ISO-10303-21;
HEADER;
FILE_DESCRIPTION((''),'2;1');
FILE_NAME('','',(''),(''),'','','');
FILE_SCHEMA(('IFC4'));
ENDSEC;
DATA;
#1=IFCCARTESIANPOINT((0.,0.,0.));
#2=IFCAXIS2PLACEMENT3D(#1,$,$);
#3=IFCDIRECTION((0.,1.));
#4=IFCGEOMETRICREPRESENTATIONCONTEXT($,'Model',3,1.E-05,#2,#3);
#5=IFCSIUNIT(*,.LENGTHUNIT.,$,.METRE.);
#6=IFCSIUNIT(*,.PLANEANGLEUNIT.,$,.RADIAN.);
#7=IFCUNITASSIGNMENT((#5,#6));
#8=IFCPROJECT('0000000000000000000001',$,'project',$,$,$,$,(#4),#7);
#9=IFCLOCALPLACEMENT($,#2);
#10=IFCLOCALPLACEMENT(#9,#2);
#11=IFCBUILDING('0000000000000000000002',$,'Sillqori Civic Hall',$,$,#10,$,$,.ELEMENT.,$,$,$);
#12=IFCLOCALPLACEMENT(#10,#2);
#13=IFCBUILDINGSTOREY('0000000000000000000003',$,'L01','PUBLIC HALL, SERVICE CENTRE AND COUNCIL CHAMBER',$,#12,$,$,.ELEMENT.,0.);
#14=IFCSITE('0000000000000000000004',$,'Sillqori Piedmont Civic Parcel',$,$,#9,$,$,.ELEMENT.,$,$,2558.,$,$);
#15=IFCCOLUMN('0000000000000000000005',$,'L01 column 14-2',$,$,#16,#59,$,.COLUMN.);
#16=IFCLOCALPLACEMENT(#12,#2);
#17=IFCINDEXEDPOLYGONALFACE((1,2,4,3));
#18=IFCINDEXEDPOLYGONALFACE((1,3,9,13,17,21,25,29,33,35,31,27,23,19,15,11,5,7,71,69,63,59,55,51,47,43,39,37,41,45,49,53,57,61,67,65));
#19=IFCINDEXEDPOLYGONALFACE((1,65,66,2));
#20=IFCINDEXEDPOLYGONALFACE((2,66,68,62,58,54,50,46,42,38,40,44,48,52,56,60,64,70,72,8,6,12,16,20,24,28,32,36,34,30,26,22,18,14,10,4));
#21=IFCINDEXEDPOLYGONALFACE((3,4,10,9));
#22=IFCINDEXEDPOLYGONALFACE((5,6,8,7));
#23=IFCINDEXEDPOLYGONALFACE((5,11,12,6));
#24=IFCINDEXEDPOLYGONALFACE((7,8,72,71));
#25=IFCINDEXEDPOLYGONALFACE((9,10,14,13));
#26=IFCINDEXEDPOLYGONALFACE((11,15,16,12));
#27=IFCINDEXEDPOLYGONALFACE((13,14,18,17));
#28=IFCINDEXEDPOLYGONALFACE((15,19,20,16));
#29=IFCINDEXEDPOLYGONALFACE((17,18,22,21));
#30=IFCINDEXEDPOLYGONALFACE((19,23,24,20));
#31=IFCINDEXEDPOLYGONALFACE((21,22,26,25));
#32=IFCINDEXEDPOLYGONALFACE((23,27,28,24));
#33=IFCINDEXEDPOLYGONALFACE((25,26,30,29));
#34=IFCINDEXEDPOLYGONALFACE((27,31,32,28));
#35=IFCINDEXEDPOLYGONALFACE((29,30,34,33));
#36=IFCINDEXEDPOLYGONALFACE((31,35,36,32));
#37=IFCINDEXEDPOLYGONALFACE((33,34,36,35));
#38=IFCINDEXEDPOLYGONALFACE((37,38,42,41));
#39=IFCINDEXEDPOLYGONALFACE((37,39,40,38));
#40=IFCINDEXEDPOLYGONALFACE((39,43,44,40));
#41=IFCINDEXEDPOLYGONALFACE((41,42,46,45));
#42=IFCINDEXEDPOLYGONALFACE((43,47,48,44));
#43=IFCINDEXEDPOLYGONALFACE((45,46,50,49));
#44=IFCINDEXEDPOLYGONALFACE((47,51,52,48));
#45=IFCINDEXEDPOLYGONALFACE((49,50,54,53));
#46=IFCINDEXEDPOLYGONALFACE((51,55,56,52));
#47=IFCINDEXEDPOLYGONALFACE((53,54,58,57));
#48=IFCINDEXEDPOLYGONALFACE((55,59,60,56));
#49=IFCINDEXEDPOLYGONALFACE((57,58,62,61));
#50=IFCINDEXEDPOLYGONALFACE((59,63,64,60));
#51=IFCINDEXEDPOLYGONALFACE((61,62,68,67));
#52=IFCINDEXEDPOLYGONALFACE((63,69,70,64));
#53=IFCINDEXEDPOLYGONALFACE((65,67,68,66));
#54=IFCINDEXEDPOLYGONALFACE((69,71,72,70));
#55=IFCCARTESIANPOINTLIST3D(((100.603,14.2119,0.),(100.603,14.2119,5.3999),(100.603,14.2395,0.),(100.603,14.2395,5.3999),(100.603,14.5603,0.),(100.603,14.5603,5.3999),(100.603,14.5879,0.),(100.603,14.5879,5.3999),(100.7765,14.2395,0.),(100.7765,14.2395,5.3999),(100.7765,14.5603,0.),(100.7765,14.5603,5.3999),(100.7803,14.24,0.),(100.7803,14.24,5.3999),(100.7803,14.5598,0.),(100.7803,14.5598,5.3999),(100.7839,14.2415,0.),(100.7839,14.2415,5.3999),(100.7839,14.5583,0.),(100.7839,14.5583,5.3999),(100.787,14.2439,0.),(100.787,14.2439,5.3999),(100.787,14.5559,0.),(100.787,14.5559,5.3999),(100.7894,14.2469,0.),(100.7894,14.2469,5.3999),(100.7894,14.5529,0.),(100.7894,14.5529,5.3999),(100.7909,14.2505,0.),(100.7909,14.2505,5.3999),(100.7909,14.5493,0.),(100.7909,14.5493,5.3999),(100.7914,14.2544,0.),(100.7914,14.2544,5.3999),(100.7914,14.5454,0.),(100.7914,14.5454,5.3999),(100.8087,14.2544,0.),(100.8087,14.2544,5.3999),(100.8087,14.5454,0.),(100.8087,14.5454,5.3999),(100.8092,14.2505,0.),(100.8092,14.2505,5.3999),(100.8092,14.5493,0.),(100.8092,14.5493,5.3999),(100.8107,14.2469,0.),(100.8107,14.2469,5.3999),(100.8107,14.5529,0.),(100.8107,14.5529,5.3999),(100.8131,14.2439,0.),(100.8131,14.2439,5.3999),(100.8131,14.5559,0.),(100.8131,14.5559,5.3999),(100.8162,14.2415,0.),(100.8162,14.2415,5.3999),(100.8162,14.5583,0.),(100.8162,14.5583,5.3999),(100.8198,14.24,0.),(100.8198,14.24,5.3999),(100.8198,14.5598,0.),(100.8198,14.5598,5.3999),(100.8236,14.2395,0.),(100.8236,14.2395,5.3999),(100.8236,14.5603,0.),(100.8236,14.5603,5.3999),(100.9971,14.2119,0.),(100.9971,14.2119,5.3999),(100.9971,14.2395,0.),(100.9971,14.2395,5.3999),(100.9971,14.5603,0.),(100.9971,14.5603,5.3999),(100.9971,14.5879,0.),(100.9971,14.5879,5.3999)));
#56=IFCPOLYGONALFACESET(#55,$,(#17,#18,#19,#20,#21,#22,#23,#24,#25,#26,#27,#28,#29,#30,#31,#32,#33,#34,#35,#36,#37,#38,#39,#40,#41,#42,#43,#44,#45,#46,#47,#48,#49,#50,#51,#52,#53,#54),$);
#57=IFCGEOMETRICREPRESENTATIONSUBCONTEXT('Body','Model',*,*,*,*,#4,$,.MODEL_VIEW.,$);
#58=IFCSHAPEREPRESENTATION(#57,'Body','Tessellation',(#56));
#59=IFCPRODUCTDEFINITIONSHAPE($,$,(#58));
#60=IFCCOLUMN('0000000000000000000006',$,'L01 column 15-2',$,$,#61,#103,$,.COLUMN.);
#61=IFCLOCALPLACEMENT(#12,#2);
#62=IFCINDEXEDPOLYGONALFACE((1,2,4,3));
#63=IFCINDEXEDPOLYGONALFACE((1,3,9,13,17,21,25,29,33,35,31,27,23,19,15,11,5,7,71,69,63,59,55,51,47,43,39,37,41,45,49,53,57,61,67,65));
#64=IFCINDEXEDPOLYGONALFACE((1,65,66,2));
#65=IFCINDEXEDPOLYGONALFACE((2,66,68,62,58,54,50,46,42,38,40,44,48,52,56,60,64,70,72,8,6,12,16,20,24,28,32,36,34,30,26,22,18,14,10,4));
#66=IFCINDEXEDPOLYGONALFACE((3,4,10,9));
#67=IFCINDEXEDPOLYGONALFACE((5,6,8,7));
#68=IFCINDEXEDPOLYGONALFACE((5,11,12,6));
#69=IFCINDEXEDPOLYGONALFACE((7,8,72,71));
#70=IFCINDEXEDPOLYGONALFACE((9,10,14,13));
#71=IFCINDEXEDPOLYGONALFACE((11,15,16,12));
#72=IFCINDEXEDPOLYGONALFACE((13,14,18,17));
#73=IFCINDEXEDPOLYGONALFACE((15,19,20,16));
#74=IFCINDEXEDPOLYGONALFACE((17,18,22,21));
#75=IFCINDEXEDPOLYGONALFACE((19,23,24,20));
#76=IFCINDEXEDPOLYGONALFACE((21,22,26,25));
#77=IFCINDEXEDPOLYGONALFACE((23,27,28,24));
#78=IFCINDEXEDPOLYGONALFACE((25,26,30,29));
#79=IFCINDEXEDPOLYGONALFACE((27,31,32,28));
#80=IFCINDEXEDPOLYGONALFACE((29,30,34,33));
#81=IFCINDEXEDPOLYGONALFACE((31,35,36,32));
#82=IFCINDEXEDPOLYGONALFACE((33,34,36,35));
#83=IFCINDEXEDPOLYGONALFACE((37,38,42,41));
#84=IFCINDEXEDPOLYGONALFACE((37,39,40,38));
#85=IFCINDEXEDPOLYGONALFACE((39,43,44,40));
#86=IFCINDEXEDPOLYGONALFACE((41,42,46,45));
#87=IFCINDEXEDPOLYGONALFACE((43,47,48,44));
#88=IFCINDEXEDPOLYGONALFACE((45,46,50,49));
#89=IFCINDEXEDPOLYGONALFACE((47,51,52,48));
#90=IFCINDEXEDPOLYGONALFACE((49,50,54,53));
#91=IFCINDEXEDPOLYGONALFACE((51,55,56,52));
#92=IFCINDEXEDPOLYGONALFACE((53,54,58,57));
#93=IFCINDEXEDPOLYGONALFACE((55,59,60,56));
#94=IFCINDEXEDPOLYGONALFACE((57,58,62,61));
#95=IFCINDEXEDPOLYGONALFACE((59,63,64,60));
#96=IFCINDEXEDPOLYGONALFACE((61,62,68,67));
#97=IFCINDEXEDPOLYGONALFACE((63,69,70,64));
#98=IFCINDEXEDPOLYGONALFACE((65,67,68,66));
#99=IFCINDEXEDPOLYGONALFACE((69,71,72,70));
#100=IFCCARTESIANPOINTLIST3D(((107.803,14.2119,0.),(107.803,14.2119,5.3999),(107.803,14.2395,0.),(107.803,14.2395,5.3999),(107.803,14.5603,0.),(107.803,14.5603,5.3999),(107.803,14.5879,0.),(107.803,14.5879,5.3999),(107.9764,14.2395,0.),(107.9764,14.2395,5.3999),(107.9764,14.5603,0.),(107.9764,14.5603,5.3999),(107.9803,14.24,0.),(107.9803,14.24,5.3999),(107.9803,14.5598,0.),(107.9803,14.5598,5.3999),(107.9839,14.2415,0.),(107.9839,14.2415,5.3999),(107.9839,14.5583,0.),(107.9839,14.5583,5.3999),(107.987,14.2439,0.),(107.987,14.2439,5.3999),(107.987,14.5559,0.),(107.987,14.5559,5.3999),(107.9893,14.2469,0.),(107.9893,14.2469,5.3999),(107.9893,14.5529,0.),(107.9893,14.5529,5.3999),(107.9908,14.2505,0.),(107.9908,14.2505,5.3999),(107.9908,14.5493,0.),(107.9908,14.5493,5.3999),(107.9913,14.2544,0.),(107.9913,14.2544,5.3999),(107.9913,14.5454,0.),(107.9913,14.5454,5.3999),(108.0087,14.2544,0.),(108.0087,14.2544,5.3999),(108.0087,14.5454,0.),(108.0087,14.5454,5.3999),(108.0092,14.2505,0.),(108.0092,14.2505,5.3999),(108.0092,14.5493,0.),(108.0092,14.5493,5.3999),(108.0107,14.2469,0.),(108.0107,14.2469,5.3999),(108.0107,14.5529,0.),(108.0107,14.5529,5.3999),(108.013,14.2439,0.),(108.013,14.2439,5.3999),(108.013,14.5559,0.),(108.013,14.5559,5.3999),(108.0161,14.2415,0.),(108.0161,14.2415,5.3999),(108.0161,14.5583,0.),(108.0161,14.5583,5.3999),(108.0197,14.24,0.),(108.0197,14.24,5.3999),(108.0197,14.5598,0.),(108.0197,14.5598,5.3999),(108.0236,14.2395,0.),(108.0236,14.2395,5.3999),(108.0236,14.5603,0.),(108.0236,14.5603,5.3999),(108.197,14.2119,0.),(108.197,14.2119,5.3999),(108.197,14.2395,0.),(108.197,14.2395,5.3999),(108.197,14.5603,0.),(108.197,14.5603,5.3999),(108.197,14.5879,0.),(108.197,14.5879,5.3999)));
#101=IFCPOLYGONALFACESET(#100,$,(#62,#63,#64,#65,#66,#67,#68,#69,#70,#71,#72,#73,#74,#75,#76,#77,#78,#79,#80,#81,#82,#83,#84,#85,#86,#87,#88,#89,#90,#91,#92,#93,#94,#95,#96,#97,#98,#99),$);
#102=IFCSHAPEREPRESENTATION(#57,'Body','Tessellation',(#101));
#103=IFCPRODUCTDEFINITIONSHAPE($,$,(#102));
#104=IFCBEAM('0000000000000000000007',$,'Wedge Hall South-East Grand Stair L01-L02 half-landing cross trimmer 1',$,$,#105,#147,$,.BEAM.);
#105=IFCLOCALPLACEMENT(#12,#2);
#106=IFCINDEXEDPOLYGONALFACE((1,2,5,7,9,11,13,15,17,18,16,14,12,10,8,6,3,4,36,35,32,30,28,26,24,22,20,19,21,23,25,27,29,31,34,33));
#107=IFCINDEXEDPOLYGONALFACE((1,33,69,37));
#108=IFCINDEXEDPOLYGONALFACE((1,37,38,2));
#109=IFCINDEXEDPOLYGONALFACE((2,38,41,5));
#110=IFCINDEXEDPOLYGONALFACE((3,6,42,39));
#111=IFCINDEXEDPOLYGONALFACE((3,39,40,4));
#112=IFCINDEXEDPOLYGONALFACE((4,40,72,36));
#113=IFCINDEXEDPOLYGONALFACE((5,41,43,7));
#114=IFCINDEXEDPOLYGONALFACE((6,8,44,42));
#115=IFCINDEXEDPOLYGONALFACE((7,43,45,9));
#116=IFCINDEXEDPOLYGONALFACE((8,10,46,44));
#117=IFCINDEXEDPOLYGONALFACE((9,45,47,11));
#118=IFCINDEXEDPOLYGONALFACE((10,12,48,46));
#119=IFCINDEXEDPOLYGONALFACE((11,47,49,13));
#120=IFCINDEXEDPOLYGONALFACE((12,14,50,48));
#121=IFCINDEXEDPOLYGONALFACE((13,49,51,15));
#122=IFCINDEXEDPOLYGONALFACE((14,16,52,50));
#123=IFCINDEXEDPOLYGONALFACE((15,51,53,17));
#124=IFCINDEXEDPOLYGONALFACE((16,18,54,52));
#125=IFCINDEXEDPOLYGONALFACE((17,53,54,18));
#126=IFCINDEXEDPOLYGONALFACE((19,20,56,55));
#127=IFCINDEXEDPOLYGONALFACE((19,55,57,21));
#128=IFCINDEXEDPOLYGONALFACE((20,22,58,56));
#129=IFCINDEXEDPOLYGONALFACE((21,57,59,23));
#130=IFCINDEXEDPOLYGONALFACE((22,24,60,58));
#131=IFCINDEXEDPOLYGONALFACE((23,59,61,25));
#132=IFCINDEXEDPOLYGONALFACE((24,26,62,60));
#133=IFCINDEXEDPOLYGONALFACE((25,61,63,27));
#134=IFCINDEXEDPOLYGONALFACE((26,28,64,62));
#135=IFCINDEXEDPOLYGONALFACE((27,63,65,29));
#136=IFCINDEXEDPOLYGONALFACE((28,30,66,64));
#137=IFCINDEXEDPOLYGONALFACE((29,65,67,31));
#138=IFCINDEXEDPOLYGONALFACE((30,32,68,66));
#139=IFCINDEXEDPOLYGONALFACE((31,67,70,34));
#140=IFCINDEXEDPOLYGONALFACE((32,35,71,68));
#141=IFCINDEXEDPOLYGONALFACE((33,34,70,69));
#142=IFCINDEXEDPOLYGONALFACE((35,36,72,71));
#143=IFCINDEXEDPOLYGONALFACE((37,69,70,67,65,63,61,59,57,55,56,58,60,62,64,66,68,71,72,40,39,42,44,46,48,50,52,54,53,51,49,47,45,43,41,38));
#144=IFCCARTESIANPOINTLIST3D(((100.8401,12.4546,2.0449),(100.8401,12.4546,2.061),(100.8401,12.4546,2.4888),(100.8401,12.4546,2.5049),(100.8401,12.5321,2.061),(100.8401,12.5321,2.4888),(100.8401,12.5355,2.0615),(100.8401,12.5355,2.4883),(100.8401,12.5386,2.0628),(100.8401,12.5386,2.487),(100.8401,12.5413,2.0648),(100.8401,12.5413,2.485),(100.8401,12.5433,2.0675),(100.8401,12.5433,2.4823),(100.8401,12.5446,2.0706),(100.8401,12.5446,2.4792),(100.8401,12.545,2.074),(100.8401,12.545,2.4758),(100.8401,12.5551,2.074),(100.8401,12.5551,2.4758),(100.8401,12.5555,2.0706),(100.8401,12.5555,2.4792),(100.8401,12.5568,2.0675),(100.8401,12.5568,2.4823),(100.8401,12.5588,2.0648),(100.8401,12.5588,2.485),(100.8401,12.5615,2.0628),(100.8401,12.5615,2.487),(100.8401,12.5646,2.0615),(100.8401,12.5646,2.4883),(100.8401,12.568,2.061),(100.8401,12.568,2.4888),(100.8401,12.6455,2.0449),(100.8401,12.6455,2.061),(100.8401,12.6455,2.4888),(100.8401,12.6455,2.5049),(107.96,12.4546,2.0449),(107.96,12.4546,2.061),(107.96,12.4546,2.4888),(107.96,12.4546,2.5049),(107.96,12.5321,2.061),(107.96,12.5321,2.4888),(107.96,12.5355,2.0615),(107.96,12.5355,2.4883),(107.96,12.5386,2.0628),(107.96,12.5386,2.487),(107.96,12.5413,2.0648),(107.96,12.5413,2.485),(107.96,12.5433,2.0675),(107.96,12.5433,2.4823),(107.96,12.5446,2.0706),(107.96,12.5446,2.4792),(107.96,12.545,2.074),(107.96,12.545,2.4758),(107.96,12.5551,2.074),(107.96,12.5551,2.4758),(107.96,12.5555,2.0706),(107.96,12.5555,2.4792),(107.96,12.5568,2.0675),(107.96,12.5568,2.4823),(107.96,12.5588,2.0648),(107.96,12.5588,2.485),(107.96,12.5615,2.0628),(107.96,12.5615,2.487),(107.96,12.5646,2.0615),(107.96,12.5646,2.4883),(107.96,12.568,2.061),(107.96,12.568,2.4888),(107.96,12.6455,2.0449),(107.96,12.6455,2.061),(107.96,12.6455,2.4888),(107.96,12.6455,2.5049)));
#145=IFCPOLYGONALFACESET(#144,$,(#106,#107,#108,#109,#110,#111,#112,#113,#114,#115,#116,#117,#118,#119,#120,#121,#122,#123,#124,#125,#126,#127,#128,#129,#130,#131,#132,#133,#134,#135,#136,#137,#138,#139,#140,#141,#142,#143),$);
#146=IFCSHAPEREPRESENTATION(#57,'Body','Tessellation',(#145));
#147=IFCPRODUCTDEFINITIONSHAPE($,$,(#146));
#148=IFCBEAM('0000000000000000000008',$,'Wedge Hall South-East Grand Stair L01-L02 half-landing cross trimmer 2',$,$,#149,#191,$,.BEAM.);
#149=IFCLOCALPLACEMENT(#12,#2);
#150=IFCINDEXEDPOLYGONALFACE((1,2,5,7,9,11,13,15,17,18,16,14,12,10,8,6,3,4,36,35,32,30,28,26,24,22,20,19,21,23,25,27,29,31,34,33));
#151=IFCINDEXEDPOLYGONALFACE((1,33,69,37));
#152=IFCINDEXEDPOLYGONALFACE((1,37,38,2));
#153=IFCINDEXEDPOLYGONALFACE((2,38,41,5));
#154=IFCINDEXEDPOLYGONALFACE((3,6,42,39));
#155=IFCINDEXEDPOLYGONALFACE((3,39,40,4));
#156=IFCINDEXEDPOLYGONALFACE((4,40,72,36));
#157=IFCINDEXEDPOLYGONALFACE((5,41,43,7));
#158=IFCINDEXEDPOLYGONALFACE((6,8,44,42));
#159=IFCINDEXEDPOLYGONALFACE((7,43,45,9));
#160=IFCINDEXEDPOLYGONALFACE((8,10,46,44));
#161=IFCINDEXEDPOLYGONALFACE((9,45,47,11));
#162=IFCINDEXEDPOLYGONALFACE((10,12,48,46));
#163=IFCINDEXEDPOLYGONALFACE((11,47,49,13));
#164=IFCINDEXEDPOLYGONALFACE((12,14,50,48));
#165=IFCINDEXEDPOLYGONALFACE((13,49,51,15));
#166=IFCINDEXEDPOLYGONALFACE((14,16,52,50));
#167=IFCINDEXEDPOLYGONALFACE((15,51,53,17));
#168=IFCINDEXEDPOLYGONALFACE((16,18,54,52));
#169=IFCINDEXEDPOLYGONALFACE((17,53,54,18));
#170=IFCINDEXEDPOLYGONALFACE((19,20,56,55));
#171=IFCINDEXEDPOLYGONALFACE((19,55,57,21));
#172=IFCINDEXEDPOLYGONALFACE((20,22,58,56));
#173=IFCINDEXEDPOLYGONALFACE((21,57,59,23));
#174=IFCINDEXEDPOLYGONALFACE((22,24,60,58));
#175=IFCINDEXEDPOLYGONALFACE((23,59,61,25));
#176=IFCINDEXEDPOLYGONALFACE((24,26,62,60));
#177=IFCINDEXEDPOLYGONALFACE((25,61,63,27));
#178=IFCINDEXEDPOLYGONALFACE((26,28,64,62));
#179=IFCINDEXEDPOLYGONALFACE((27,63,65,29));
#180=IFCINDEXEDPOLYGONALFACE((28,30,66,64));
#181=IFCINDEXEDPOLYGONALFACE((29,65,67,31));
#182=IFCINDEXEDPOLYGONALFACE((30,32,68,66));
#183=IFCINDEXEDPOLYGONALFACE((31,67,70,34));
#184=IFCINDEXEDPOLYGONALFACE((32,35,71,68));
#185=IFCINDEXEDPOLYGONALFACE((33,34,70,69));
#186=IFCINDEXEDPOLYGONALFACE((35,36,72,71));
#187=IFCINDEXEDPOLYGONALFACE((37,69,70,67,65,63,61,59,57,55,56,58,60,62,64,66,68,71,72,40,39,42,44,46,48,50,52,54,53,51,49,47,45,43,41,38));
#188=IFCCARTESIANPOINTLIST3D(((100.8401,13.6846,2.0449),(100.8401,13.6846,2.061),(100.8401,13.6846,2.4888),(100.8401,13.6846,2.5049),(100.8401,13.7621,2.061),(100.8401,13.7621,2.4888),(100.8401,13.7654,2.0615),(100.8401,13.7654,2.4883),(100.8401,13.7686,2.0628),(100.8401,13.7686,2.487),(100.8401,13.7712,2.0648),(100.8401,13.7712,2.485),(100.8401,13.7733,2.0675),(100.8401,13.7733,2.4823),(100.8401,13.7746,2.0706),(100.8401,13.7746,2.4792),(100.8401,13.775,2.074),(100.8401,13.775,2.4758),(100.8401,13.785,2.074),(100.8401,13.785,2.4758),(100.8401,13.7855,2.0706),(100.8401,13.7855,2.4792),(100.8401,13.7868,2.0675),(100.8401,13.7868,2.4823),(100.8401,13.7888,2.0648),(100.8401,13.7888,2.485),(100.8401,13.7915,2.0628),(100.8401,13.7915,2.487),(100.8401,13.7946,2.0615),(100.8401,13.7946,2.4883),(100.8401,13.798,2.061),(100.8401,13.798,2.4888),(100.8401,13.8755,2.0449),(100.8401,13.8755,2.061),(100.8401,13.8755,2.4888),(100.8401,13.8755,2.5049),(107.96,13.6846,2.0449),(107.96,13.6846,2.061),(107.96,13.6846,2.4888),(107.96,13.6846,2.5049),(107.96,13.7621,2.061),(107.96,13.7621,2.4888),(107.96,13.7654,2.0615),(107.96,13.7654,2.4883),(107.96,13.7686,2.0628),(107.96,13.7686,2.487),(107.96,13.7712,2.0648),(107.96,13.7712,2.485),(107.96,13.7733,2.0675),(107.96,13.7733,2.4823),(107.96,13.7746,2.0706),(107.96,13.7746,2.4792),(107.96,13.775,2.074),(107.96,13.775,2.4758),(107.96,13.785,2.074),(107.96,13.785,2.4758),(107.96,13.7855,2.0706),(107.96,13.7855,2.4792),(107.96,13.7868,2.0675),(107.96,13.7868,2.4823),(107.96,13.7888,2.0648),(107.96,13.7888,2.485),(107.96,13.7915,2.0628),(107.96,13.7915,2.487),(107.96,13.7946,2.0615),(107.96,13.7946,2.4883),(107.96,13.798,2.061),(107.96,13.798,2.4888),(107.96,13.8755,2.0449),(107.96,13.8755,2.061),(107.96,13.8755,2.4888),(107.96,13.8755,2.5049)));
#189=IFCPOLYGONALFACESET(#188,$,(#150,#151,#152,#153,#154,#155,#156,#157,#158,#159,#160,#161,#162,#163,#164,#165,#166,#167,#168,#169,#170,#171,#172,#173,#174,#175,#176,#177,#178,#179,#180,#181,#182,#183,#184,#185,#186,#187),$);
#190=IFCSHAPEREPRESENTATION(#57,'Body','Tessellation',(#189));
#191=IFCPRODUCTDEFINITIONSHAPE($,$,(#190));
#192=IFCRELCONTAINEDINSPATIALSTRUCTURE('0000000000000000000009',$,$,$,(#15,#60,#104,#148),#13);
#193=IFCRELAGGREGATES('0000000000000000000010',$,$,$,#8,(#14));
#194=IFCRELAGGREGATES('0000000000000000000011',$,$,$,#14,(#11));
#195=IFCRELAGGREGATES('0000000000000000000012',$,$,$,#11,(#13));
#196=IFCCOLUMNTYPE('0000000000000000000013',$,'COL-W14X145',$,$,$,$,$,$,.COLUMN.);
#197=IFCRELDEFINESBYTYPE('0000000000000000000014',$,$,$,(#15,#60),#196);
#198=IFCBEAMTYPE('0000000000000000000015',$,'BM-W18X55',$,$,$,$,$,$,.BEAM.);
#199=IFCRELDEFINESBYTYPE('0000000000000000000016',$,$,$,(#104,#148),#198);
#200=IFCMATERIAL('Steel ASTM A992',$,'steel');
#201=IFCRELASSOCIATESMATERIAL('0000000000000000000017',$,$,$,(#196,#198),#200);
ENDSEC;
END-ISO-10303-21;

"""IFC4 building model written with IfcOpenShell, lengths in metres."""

from ifc_helpers import new_model, si_unit, direction, frame, origin, origin_2d, place, context, subcontext, project, spatial, i_section, extrude, material, material_profile, profile_set, type_object, element, save


model = new_model("IFC4")

# Units and contexts
model_context = context("Model", 3, precision=1e-05, world=origin(), true_north=direction((0.0, 1.0)))
body_context = subcontext(model_context, "Body", "Model", "MODEL_VIEW")
ifc_project = project(units=[si_unit("LENGTHUNIT", "METRE"), si_unit("PLANEANGLEUNIT", "RADIAN")], contexts=[model_context])

# Site, building, storey
site_placement = place(None, origin())
site = spatial("IfcSite", under=ifc_project, at=site_placement, Name="Sillqori Piedmont Civic Parcel", CompositionType="ELEMENT", RefElevation=2558.0)
building_placement = place(site_placement, origin())
building = spatial("IfcBuilding", under=site, at=building_placement, Name="Sillqori Civic Hall", CompositionType="ELEMENT")
storey_placement = place(building_placement, origin())
storey = spatial("IfcBuildingStorey", under=building, at=storey_placement, Name="L01", Description="PUBLIC HALL, SERVICE CENTRE AND COUNCIL CHAMBER", CompositionType="ELEMENT", Elevation=0.0)

# Columns
ifc_material_1 = material(Name="Steel ASTM A992", Category="steel")
ifc_material_profile_1 = material_profile(ifc_material_1, i_section(OverallWidth=0.394, OverallDepth=0.376, WebThickness=0.0173, FlangeThickness=0.0276, FilletRadius=0.0149, at=origin_2d()), Name="W14X145")
ifc_profile_set_1 = profile_set([ifc_material_profile_1], Name="Steel ASTM A992")
column_type = type_object("IfcColumnType", Name="COL-W14X145", PredefinedType="COLUMN", material=ifc_profile_set_1)
for number, where, z_axis, x_axis, name in (
    (1, (100.8, 14.3999, 0.0), (0.0, 0.0, 1.0), (1.0, 0.0, 0.0), "L01 column 14-2"),
    (2, (108.0, 14.3999, 0.0), (0.0, 0.0, 1.0), (1.0, 0.0, 0.0), "L01 column 15-2"),
):
    element("IfcColumn", number, at=place(storey_placement, frame(where, z_axis=z_axis, x_axis=x_axis)), inside=storey, type_object=column_type, Name=name, PredefinedType="COLUMN", context=body_context, shape_type="SweptSolid", body=[
        extrude(i_section(OverallWidth=0.394, OverallDepth=0.376, WebThickness=0.0173, FlangeThickness=0.0276, FilletRadius=0.0149, at=origin_2d()), origin(), (0.0, 0.0, 1.0), 5.3999),
    ])

# Beams
ifc_material_profile_2 = material_profile(ifc_material_1, i_section(OverallWidth=0.1909, OverallDepth=0.46, WebThickness=0.01, FlangeThickness=0.0161, FilletRadius=0.0129, at=origin_2d()), Name="W18X55")
ifc_profile_set_2 = profile_set([ifc_material_profile_2], Name="Steel ASTM A992")
beam_type_1 = type_object("IfcBeamType", Name="BM-W18X55", PredefinedType="BEAM", material=ifc_profile_set_2)
for number, where, z_axis, x_axis, name in (
    (3, (100.8401, 12.55, 2.2749), (1.0, 0.0, 0.0), (0.0, 1.0, 0.0), "Wedge Hall South-East Grand Stair L01-L02 half-landing cross trimmer 1"),
    (4, (100.8401, 13.78, 2.2749), (1.0, 0.0, 0.0), (0.0, 1.0, 0.0), "Wedge Hall South-East Grand Stair L01-L02 half-landing cross trimmer 2"),
):
    element("IfcBeam", number, at=place(storey_placement, frame(where, z_axis=z_axis, x_axis=x_axis)), inside=storey, type_object=beam_type_1, Name=name, PredefinedType="BEAM", context=body_context, shape_type="SweptSolid", body=[
        extrude(i_section(OverallWidth=0.1909, OverallDepth=0.46, WebThickness=0.01, FlangeThickness=0.0161, FilletRadius=0.0129, at=origin_2d()), origin(), (0.0, 0.0, 1.0), 7.1199),
    ])

save(model, "model.ifc")
